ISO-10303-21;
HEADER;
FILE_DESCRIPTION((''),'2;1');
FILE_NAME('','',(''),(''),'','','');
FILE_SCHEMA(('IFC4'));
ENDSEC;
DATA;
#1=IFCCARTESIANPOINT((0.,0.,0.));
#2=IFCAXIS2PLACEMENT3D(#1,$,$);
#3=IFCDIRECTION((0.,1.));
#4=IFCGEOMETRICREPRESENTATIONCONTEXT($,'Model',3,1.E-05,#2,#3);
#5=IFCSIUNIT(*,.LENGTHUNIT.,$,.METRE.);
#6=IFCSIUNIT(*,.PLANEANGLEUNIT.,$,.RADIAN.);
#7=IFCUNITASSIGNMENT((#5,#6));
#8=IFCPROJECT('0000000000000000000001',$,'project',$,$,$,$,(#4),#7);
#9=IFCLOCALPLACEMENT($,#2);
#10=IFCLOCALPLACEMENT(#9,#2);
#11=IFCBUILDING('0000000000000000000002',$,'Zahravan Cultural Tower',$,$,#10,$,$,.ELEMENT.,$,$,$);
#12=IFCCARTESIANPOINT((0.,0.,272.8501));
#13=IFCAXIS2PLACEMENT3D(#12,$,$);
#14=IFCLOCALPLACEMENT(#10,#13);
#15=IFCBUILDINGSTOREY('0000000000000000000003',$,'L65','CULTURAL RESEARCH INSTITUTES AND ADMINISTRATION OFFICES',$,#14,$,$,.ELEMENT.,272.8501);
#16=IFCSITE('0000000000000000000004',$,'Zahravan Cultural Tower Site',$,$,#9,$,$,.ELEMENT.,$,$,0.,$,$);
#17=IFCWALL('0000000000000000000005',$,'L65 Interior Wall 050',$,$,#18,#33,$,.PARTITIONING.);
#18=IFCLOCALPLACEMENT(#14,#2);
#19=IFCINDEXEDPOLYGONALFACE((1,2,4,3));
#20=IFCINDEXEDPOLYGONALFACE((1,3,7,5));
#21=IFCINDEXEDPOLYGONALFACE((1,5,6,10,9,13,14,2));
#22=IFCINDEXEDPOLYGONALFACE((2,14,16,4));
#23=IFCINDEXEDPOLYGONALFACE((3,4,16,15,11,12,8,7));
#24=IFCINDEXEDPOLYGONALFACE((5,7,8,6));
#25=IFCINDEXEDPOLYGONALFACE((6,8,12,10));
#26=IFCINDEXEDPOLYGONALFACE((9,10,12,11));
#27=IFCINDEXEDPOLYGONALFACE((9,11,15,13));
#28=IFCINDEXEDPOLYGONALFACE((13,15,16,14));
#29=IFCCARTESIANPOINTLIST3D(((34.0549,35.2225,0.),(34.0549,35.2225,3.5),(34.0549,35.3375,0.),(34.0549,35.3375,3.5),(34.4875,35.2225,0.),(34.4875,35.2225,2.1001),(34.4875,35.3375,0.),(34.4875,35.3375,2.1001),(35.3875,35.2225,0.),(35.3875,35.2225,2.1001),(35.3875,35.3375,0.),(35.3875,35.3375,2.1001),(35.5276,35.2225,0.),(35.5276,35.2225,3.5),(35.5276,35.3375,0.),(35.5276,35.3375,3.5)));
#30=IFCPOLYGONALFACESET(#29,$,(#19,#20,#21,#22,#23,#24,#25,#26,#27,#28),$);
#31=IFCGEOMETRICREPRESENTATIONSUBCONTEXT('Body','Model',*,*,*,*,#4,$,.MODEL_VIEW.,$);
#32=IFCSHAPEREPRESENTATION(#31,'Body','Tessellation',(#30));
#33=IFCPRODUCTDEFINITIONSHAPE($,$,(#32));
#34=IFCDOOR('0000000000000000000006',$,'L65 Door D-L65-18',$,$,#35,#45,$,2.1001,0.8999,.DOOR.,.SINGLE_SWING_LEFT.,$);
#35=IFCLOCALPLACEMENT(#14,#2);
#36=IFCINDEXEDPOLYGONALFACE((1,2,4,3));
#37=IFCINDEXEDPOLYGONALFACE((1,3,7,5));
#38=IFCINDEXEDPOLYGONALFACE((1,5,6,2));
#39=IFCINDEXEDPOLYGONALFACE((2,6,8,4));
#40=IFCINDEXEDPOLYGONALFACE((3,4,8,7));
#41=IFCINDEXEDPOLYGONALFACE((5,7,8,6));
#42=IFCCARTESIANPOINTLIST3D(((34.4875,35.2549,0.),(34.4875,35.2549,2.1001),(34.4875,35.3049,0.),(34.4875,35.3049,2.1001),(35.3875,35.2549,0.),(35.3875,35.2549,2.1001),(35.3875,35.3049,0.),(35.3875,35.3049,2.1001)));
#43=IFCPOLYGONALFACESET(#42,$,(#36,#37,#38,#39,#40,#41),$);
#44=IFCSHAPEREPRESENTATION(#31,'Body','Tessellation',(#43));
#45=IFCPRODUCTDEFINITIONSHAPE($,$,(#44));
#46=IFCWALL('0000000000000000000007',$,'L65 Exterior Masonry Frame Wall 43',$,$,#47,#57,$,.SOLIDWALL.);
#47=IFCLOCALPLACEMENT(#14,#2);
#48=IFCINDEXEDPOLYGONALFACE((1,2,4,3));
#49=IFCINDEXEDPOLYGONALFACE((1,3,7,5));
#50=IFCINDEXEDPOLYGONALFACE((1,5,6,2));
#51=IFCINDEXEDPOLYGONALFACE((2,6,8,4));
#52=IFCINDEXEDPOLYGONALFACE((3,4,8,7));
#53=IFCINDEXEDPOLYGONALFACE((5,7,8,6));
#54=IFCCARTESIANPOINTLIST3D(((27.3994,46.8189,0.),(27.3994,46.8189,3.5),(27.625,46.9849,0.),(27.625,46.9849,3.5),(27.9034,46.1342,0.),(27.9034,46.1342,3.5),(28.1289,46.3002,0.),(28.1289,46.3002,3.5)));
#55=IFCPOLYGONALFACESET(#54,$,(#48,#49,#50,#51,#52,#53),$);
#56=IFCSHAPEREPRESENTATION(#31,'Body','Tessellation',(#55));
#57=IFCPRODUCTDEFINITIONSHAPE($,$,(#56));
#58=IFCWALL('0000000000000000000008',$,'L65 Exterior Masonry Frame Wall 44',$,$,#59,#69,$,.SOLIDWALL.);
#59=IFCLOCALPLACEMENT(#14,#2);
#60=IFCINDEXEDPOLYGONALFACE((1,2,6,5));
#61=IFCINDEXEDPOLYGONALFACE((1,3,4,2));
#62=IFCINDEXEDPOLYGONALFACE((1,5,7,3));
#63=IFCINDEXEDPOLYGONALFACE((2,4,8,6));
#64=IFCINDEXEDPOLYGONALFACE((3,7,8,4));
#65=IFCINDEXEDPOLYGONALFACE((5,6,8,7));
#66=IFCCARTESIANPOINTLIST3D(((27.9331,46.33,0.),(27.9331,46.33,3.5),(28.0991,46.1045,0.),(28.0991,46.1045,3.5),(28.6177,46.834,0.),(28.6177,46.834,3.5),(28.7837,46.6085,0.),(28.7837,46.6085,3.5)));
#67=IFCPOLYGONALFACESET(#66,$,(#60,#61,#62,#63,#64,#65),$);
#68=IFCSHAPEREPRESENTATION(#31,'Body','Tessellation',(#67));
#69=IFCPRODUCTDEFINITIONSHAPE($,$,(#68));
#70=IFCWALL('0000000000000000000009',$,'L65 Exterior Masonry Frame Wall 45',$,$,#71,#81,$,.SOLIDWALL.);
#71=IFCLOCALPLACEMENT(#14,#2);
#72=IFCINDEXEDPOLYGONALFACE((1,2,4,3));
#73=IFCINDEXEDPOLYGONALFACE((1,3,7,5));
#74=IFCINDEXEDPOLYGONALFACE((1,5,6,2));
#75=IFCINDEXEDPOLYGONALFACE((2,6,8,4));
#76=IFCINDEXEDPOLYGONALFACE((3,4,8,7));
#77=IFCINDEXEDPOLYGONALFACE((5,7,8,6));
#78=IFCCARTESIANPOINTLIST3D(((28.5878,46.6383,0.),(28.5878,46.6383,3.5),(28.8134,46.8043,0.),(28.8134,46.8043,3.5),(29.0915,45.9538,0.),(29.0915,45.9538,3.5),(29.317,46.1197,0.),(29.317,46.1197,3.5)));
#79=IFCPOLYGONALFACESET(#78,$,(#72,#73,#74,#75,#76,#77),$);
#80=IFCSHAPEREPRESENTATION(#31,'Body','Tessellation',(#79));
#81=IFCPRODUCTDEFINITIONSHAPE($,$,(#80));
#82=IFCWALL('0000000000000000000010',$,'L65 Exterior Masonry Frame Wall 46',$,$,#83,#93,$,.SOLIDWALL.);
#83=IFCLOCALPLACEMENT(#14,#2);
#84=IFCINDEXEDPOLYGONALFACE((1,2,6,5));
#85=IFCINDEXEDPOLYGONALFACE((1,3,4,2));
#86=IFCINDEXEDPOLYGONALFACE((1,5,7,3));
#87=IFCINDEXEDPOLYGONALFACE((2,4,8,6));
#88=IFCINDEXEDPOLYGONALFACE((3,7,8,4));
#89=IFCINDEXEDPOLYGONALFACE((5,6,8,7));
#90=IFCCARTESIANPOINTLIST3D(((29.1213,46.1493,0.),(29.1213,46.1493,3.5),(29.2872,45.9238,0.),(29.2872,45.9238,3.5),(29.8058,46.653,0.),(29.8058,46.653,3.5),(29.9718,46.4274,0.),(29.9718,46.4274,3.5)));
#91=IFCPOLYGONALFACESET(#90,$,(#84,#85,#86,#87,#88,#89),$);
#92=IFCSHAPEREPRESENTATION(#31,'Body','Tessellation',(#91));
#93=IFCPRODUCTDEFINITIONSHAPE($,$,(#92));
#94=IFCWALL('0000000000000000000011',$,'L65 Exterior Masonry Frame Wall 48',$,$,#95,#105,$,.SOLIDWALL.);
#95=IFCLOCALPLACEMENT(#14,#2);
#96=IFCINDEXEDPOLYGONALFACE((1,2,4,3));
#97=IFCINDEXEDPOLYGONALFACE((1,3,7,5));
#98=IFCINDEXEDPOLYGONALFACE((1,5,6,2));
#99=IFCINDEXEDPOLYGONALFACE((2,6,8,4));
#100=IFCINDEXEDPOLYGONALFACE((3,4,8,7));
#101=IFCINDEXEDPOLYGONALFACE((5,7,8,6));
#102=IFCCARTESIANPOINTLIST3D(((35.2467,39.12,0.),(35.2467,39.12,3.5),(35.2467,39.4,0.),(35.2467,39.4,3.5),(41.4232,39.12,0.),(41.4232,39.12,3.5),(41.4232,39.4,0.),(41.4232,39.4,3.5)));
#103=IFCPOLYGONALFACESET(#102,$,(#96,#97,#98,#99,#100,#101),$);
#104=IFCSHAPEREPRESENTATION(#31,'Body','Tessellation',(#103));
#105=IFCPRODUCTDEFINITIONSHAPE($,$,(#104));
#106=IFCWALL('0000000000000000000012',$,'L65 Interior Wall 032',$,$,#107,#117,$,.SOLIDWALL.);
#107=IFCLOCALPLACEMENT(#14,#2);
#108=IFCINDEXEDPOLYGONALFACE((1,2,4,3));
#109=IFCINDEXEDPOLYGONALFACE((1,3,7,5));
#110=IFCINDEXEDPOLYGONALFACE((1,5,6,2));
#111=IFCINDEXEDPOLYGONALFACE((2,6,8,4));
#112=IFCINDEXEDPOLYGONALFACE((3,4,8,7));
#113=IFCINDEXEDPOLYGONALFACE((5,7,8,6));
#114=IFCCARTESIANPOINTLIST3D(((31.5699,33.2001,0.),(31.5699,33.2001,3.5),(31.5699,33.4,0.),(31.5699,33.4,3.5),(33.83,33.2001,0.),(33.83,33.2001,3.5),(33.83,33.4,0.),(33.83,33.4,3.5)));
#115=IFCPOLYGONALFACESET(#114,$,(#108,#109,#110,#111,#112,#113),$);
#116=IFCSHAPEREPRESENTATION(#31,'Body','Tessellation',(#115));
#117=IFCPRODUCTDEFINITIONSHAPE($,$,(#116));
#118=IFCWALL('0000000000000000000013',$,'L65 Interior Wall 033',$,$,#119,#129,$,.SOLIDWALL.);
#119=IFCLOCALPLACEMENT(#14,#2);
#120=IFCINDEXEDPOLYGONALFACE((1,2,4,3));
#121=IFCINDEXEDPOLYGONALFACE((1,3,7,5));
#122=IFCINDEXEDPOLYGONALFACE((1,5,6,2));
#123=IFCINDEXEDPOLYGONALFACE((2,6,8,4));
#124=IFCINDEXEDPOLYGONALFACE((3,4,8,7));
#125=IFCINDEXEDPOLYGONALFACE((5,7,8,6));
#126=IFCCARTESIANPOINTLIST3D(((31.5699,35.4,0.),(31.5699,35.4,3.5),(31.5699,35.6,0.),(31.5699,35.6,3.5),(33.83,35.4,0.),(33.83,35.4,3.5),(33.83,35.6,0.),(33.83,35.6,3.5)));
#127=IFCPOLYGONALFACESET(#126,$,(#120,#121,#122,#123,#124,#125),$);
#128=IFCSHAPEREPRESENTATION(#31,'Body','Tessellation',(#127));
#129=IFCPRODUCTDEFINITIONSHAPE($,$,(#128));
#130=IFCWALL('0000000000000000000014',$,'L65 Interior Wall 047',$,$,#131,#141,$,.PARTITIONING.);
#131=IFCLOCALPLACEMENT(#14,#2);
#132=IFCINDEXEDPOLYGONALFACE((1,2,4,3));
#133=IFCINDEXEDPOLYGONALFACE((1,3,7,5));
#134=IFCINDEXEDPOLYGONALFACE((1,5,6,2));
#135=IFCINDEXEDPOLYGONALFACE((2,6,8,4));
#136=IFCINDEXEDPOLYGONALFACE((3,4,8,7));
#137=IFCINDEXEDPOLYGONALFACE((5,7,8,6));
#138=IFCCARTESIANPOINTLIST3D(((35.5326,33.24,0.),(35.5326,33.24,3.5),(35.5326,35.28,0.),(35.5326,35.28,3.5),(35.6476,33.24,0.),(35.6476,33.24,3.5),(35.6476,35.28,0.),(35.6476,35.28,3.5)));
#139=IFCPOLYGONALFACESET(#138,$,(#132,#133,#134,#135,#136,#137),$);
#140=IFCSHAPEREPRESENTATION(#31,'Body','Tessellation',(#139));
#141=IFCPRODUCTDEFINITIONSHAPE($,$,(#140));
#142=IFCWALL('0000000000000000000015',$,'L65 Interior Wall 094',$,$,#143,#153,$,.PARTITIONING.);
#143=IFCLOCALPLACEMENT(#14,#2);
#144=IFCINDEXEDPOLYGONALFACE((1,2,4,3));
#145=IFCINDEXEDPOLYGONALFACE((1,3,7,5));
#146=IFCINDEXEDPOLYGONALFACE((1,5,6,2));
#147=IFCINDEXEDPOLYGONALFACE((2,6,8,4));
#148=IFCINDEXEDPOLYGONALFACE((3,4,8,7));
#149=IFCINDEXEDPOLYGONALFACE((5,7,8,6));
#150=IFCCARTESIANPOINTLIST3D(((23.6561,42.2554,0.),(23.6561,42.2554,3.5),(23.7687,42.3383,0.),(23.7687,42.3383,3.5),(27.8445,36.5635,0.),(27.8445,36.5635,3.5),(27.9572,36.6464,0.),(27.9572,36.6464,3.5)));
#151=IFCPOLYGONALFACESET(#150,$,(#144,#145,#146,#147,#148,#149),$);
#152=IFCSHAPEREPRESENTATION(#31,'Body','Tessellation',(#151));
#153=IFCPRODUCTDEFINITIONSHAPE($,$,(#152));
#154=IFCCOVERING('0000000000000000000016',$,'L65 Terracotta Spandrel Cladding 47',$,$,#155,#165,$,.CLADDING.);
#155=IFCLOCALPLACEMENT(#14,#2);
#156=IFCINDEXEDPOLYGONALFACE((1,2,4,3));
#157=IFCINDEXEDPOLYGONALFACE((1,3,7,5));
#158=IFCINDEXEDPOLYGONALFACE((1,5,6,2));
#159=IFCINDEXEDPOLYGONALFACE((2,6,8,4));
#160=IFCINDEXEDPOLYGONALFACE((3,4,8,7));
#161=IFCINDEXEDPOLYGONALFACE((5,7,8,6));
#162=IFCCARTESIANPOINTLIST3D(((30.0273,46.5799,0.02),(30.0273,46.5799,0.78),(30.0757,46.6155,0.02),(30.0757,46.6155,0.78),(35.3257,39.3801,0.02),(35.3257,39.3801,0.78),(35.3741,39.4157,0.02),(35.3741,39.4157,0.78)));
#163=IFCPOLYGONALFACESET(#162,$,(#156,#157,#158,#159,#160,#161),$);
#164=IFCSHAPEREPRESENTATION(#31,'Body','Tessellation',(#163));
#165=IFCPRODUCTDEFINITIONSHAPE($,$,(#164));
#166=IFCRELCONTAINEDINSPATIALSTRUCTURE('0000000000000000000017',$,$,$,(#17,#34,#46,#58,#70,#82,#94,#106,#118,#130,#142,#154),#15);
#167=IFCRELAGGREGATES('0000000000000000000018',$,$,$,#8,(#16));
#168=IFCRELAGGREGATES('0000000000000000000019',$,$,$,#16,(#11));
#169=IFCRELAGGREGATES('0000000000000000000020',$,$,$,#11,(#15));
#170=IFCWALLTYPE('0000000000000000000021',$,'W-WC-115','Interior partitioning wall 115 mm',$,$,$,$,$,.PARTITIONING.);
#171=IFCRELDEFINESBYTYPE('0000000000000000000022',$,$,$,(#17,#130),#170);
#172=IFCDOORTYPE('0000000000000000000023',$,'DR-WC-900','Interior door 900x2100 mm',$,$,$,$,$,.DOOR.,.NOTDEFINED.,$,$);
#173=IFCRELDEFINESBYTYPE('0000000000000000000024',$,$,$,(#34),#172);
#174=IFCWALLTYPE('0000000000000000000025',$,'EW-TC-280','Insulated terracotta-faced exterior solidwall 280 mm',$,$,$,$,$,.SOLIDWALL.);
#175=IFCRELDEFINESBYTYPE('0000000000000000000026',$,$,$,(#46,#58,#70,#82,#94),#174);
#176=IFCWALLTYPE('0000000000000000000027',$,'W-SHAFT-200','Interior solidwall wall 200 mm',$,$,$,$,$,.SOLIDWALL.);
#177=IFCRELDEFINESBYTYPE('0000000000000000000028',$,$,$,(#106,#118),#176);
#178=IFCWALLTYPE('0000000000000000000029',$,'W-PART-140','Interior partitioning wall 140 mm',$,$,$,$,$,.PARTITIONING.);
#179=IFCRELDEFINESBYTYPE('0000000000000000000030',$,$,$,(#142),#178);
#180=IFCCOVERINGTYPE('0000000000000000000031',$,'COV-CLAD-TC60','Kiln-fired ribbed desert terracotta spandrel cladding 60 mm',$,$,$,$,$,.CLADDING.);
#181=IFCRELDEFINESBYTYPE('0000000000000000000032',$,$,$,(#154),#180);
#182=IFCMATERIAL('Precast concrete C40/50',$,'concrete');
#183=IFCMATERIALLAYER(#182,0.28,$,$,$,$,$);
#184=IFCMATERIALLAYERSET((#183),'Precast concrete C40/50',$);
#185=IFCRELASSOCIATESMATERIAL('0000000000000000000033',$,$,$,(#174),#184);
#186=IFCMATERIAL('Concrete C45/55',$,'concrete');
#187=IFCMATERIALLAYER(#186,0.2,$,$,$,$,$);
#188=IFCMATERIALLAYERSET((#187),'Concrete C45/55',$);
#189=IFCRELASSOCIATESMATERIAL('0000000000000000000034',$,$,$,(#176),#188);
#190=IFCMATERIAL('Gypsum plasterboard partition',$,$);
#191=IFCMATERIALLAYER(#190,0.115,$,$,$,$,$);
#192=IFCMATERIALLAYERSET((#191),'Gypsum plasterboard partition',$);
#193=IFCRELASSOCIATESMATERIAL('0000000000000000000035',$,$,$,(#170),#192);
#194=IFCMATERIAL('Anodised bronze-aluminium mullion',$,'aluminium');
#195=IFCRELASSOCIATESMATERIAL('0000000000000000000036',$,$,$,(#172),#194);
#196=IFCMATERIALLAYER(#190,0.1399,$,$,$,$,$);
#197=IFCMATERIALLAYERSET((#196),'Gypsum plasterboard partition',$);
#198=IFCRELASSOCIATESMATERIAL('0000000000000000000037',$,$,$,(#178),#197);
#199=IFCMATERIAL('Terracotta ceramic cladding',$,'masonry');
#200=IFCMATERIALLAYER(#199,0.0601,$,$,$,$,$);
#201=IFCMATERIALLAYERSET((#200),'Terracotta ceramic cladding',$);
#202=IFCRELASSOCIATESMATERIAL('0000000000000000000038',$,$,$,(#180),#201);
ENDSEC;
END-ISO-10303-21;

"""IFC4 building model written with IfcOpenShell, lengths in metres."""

from ifc_helpers import new_model, si_unit, direction, frame, frame_2d, origin, origin_2d, place, context, subcontext, project, spatial, rectangle, extrude, source, transform, mapped, material, layer, layer_set, type_object, element, fill, save


model = new_model("IFC4")

# Units and contexts
model_context = context("Model", 3, precision=1e-05, world=origin(), true_north=direction((0.0, 1.0)))
body_context = subcontext(model_context, "Body", "Model", "MODEL_VIEW")
ifc_project = project(units=[si_unit("LENGTHUNIT", "METRE"), si_unit("PLANEANGLEUNIT", "RADIAN")], contexts=[model_context])

# Site, building, storey
site_placement = place(None, origin())
site = spatial("IfcSite", under=ifc_project, at=site_placement, Name="Zahravan Cultural Tower Site", CompositionType="ELEMENT", RefElevation=0.0)
building_placement = place(site_placement, origin())
building = spatial("IfcBuilding", under=site, at=building_placement, Name="Zahravan Cultural Tower", CompositionType="ELEMENT")
storey_placement = place(building_placement, frame((0.0, 0.0, 272.8501)))
storey = spatial("IfcBuildingStorey", under=building, at=storey_placement, Name="L65", Description="CULTURAL RESEARCH INSTITUTES AND ADMINISTRATION OFFICES", CompositionType="ELEMENT", Elevation=272.8501)

# Shared definitions
ifc_material_1 = material(Name="Concrete C45/55", Category="concrete")

# Shared definitions
ifc_material_2 = material(Name="Precast concrete C40/50", Category="concrete")
ifc_layer_1 = layer(ifc_material_2, 0.28)
ifc_layer_set_1 = layer_set([ifc_layer_1], Name="Precast concrete C40/50")
wall_type_1 = type_object("IfcWallType", Name="EW-TC-280", Description="Insulated terracotta-faced exterior solidwall 280 mm", PredefinedType="SOLIDWALL", material=ifc_layer_set_1)

# Wall, opening, door
ifc_layer_2 = layer(ifc_material_1, 0.2)
ifc_layer_set_2 = layer_set([ifc_layer_2], Name="Concrete C45/55")
wall_type_2 = type_object("IfcWallType", Name="W-SHAFT-200", Description="Interior solidwall wall 200 mm", PredefinedType="SOLIDWALL", material=ifc_layer_set_2)
ifc_material_3 = material(Name="Gypsum plasterboard partition")
ifc_layer_3 = layer(ifc_material_3, 0.115)
ifc_layer_set_3 = layer_set([ifc_layer_3], Name="Gypsum plasterboard partition")
wall_type_3 = type_object("IfcWallType", Name="W-WC-115", Description="Interior partitioning wall 115 mm", PredefinedType="PARTITIONING", material=ifc_layer_set_3)
ifc_material_4 = material(Name="Anodised bronze-aluminium mullion", Category="aluminium")
door_type_1 = type_object("IfcDoorType", Name="DR-WC-900", Description="Interior door 900x2100 mm", OperationType="NOTDEFINED", PredefinedType="DOOR", material=ifc_material_4)
shared_shape_1 = source(origin(), body_context, "Body", "SweptSolid", [
    extrude(rectangle(XDim=0.8999, YDim=2.1001, at=frame_2d((0.45, 1.05))), frame((0.0, 0.0249, 0.0), z_axis=(0.0, -1.0, 0.0), x_axis=(1.0, 0.0, 0.0)), (0.0, 0.0, 1.0), 0.05),
])
wall_1_placement = place(storey_placement, frame((34.0549, 35.28, 0.0), z_axis=(0.0, 0.0, 1.0), x_axis=(1.0, 0.0, 0.0)))
wall_1 = element("IfcWall", 1, at=wall_1_placement, inside=storey, type_object=wall_type_3, Name="L65 Interior Wall 050", PredefinedType="PARTITIONING", context=body_context, shape_type="SweptSolid", body=[
    extrude(rectangle(XDim=1.4727, YDim=0.115, at=frame_2d((0.7363, 0.0))), origin(), (0.0, 0.0, 1.0), 3.5),
])
opening_1_placement = place(wall_1_placement, frame((0.4326, 0.0, 0.0)))
opening_1 = element("IfcOpeningElement", 2, at=opening_1_placement, cuts=wall_1, PredefinedType="OPENING", context=body_context, shape_type="SweptSolid", body=[
    extrude(rectangle(XDim=0.8999, YDim=2.1001, at=frame_2d((0.45, 1.05))), frame((0.0, 0.0674, 0.0), z_axis=(0.0, -1.0, 0.0), x_axis=(1.0, 0.0, 0.0)), (0.0, 0.0, 1.0), 0.135),
])
door_1_placement = place(opening_1_placement, origin())
door_1 = element("IfcDoor", 3, at=door_1_placement, inside=storey, type_object=door_type_1, Name="L65 Door D-L65-18", OperationType="SINGLE_SWING_LEFT", OverallHeight=2.1001, OverallWidth=0.8999, PredefinedType="DOOR", context=body_context, shape_type="MappedRepresentation", body=[
    mapped(shared_shape_1, transform((0.0, 0.0, 0.0), x_axis=(1.0, 0.0, 0.0), y_axis=(0.0, 1.0, 0.0), z_axis=(0.0, 0.0, 1.0), scale=1.0)),
])
fill(opening_1, door_1)

# Walls
shared_shape_2 = source(origin(), body_context, "Body", "SweptSolid", [
    extrude(rectangle(XDim=0.8501, YDim=0.28, at=frame_2d((0.425, 0.0))), origin(), (0.0, 0.0, 1.0), 3.5),
])
for number, where, z_axis, x_axis, name in (
    (4, (27.5122, 46.9019, 0.0), (0.0, 0.0, 1.0), (0.592807, -0.805345, 0.0), "L65 Exterior Masonry Frame Wall 43"),
    (5, (28.0161, 46.2173, 0.0), (0.0, 0.0, 1.0), (0.805345, 0.592807, 0.0), "L65 Exterior Masonry Frame Wall 44"),
):
    element("IfcWall", number, at=place(storey_placement, frame(where, z_axis=z_axis, x_axis=x_axis)), inside=storey, type_object=wall_type_1, Name=name, PredefinedType="SOLIDWALL", context=body_context, shape_type="MappedRepresentation", body=[
        mapped(shared_shape_2, transform((0.0, 0.0, 0.0), x_axis=(1.0, 0.0, 0.0), y_axis=(0.0, 1.0, 0.0), z_axis=(0.0, 0.0, 1.0), scale=1.0)),
    ])
shared_shape_3 = source(origin(), body_context, "Body", "SweptSolid", [
    extrude(rectangle(XDim=0.8499, YDim=0.28, at=frame_2d((0.4248, 0.0))), origin(), (0.0, 0.0, 1.0), 3.5),
])
for number, where, z_axis, x_axis, name in (
    (6, (28.7007, 46.7212, 0.0), (0.0, 0.0, 1.0), (0.592621, -0.805482, 0.0), "L65 Exterior Masonry Frame Wall 45"),
    (7, (29.2043, 46.0366, 0.0), (0.0, 0.0, 1.0), (0.805482, 0.592621, 0.0), "L65 Exterior Masonry Frame Wall 46"),
):
    element("IfcWall", number, at=place(storey_placement, frame(where, z_axis=z_axis, x_axis=x_axis)), inside=storey, type_object=wall_type_1, Name=name, PredefinedType="SOLIDWALL", context=body_context, shape_type="MappedRepresentation", body=[
        mapped(shared_shape_3, transform((0.0, 0.0, 0.0), x_axis=(1.0, 0.0, 0.0), y_axis=(0.0, 1.0, 0.0), z_axis=(0.0, 0.0, 1.0), scale=1.0)),
    ])
shared_shape_4 = source(origin(), body_context, "Body", "SweptSolid", [
    extrude(rectangle(XDim=6.1765, YDim=0.28, at=frame_2d((3.0884, 0.0))), origin(), (0.0, 0.0, 1.0), 3.5),
])
wall_2_placement = place(storey_placement, frame((35.2466, 39.26, 0.0), z_axis=(0.0, 0.0, 1.0), x_axis=(1.0, 0.0, 0.0)))
element("IfcWall", 8, at=wall_2_placement, inside=storey, type_object=wall_type_1, Name="L65 Exterior Masonry Frame Wall 48", PredefinedType="SOLIDWALL", context=body_context, shape_type="MappedRepresentation", body=[
    mapped(shared_shape_4, transform((0.0, 0.0, 0.0), x_axis=(1.0, 0.0, 0.0), y_axis=(0.0, 1.0, 0.0), z_axis=(0.0, 0.0, 1.0), scale=1.0)),
])
shared_shape_5 = source(origin(), body_context, "Body", "SweptSolid", [
    extrude(rectangle(XDim=2.26, YDim=0.2, at=frame_2d((1.1299, 0.0))), origin(), (0.0, 0.0, 1.0), 3.5),
])
for number, where, z_axis, x_axis, name in (
    (9, (31.5701, 33.3, 0.0), (0.0, 0.0, 1.0), (1.0, 0.0, 0.0), "L65 Interior Wall 032"),
    (10, (31.5701, 35.5, 0.0), (0.0, 0.0, 1.0), (1.0, 0.0, 0.0), "L65 Interior Wall 033"),
):
    element("IfcWall", number, at=place(storey_placement, frame(where, z_axis=z_axis, x_axis=x_axis)), inside=storey, type_object=wall_type_2, Name=name, PredefinedType="SOLIDWALL", context=body_context, shape_type="MappedRepresentation", body=[
        mapped(shared_shape_5, transform((0.0, 0.0, 0.0), x_axis=(1.0, 0.0, 0.0), y_axis=(0.0, 1.0, 0.0), z_axis=(0.0, 0.0, 1.0), scale=1.0)),
    ])
shared_shape_6 = source(origin(), body_context, "Body", "SweptSolid", [
    extrude(rectangle(XDim=2.04, YDim=0.115, at=frame_2d((1.02, 0.0))), origin(), (0.0, 0.0, 1.0), 3.5),
])
wall_3_placement = place(storey_placement, frame((35.5901, 33.24, 0.0), z_axis=(0.0, 0.0, 1.0), x_axis=(0.0, 1.0, 0.0)))
element("IfcWall", 11, at=wall_3_placement, inside=storey, type_object=wall_type_3, Name="L65 Interior Wall 047", PredefinedType="PARTITIONING", context=body_context, shape_type="MappedRepresentation", body=[
    mapped(shared_shape_6, transform((0.0, 0.0, 0.0), x_axis=(1.0, 0.0, 0.0), y_axis=(0.0, 1.0, 0.0), z_axis=(0.0, 0.0, 1.0), scale=1.0)),
])
ifc_layer_4 = layer(ifc_material_3, 0.1399)
ifc_layer_set_4 = layer_set([ifc_layer_4], Name="Gypsum plasterboard partition")
wall_type_4 = type_object("IfcWallType", Name="W-PART-140", Description="Interior partitioning wall 140 mm", PredefinedType="PARTITIONING", material=ifc_layer_set_4)
shared_shape_7 = source(origin(), body_context, "Body", "SweptSolid", [
    extrude(rectangle(XDim=7.0669, YDim=0.1399, at=frame_2d((3.5334, 0.0))), origin(), (0.0, 0.0, 1.0), 3.5),
])
wall_4_placement = place(storey_placement, frame((23.7124, 42.2969, 0.0), z_axis=(0.0, 0.0, 1.0), x_axis=(0.59269, -0.805431, 0.0)))
element("IfcWall", 12, at=wall_4_placement, inside=storey, type_object=wall_type_4, Name="L65 Interior Wall 094", PredefinedType="PARTITIONING", context=body_context, shape_type="MappedRepresentation", body=[
    mapped(shared_shape_7, transform((0.0, 0.0, 0.0), x_axis=(1.0, 0.0, 0.0), y_axis=(0.0, 1.0, 0.0), z_axis=(0.0, 0.0, 1.0), scale=1.0)),
])

# Covering
ifc_material_5 = material(Name="Terracotta ceramic cladding", Category="masonry")
ifc_layer_5 = layer(ifc_material_5, 0.0601)
ifc_layer_set_5 = layer_set([ifc_layer_5], Name="Terracotta ceramic cladding")
covering_type = type_object("IfcCoveringType", Name="COV-CLAD-TC60", Description="Kiln-fired ribbed desert terracotta spandrel cladding 60 mm", PredefinedType="CLADDING", material=ifc_layer_set_5)
shared_shape_8 = source(origin(), body_context, "Body", "SweptSolid", [
    extrude(rectangle(XDim=8.9392, YDim=0.0601, at=origin_2d()), origin(), (0.0, 0.0, 1.0), 0.76),
])
covering_placement = place(storey_placement, frame((32.7007, 42.9978, 0.02), z_axis=(0.0, 0.0, 1.0), x_axis=(0.592716, -0.805411, 0.0)))
element("IfcCovering", 13, at=covering_placement, inside=storey, type_object=covering_type, Name="L65 Terracotta Spandrel Cladding 47", PredefinedType="CLADDING", context=body_context, shape_type="MappedRepresentation", body=[
    mapped(shared_shape_8, transform((0.0, 0.0, 0.0), x_axis=(1.0, 0.0, 0.0), y_axis=(0.0, 1.0, 0.0), z_axis=(0.0, 0.0, 1.0), scale=1.0)),
])

save(model, "model.ifc")
